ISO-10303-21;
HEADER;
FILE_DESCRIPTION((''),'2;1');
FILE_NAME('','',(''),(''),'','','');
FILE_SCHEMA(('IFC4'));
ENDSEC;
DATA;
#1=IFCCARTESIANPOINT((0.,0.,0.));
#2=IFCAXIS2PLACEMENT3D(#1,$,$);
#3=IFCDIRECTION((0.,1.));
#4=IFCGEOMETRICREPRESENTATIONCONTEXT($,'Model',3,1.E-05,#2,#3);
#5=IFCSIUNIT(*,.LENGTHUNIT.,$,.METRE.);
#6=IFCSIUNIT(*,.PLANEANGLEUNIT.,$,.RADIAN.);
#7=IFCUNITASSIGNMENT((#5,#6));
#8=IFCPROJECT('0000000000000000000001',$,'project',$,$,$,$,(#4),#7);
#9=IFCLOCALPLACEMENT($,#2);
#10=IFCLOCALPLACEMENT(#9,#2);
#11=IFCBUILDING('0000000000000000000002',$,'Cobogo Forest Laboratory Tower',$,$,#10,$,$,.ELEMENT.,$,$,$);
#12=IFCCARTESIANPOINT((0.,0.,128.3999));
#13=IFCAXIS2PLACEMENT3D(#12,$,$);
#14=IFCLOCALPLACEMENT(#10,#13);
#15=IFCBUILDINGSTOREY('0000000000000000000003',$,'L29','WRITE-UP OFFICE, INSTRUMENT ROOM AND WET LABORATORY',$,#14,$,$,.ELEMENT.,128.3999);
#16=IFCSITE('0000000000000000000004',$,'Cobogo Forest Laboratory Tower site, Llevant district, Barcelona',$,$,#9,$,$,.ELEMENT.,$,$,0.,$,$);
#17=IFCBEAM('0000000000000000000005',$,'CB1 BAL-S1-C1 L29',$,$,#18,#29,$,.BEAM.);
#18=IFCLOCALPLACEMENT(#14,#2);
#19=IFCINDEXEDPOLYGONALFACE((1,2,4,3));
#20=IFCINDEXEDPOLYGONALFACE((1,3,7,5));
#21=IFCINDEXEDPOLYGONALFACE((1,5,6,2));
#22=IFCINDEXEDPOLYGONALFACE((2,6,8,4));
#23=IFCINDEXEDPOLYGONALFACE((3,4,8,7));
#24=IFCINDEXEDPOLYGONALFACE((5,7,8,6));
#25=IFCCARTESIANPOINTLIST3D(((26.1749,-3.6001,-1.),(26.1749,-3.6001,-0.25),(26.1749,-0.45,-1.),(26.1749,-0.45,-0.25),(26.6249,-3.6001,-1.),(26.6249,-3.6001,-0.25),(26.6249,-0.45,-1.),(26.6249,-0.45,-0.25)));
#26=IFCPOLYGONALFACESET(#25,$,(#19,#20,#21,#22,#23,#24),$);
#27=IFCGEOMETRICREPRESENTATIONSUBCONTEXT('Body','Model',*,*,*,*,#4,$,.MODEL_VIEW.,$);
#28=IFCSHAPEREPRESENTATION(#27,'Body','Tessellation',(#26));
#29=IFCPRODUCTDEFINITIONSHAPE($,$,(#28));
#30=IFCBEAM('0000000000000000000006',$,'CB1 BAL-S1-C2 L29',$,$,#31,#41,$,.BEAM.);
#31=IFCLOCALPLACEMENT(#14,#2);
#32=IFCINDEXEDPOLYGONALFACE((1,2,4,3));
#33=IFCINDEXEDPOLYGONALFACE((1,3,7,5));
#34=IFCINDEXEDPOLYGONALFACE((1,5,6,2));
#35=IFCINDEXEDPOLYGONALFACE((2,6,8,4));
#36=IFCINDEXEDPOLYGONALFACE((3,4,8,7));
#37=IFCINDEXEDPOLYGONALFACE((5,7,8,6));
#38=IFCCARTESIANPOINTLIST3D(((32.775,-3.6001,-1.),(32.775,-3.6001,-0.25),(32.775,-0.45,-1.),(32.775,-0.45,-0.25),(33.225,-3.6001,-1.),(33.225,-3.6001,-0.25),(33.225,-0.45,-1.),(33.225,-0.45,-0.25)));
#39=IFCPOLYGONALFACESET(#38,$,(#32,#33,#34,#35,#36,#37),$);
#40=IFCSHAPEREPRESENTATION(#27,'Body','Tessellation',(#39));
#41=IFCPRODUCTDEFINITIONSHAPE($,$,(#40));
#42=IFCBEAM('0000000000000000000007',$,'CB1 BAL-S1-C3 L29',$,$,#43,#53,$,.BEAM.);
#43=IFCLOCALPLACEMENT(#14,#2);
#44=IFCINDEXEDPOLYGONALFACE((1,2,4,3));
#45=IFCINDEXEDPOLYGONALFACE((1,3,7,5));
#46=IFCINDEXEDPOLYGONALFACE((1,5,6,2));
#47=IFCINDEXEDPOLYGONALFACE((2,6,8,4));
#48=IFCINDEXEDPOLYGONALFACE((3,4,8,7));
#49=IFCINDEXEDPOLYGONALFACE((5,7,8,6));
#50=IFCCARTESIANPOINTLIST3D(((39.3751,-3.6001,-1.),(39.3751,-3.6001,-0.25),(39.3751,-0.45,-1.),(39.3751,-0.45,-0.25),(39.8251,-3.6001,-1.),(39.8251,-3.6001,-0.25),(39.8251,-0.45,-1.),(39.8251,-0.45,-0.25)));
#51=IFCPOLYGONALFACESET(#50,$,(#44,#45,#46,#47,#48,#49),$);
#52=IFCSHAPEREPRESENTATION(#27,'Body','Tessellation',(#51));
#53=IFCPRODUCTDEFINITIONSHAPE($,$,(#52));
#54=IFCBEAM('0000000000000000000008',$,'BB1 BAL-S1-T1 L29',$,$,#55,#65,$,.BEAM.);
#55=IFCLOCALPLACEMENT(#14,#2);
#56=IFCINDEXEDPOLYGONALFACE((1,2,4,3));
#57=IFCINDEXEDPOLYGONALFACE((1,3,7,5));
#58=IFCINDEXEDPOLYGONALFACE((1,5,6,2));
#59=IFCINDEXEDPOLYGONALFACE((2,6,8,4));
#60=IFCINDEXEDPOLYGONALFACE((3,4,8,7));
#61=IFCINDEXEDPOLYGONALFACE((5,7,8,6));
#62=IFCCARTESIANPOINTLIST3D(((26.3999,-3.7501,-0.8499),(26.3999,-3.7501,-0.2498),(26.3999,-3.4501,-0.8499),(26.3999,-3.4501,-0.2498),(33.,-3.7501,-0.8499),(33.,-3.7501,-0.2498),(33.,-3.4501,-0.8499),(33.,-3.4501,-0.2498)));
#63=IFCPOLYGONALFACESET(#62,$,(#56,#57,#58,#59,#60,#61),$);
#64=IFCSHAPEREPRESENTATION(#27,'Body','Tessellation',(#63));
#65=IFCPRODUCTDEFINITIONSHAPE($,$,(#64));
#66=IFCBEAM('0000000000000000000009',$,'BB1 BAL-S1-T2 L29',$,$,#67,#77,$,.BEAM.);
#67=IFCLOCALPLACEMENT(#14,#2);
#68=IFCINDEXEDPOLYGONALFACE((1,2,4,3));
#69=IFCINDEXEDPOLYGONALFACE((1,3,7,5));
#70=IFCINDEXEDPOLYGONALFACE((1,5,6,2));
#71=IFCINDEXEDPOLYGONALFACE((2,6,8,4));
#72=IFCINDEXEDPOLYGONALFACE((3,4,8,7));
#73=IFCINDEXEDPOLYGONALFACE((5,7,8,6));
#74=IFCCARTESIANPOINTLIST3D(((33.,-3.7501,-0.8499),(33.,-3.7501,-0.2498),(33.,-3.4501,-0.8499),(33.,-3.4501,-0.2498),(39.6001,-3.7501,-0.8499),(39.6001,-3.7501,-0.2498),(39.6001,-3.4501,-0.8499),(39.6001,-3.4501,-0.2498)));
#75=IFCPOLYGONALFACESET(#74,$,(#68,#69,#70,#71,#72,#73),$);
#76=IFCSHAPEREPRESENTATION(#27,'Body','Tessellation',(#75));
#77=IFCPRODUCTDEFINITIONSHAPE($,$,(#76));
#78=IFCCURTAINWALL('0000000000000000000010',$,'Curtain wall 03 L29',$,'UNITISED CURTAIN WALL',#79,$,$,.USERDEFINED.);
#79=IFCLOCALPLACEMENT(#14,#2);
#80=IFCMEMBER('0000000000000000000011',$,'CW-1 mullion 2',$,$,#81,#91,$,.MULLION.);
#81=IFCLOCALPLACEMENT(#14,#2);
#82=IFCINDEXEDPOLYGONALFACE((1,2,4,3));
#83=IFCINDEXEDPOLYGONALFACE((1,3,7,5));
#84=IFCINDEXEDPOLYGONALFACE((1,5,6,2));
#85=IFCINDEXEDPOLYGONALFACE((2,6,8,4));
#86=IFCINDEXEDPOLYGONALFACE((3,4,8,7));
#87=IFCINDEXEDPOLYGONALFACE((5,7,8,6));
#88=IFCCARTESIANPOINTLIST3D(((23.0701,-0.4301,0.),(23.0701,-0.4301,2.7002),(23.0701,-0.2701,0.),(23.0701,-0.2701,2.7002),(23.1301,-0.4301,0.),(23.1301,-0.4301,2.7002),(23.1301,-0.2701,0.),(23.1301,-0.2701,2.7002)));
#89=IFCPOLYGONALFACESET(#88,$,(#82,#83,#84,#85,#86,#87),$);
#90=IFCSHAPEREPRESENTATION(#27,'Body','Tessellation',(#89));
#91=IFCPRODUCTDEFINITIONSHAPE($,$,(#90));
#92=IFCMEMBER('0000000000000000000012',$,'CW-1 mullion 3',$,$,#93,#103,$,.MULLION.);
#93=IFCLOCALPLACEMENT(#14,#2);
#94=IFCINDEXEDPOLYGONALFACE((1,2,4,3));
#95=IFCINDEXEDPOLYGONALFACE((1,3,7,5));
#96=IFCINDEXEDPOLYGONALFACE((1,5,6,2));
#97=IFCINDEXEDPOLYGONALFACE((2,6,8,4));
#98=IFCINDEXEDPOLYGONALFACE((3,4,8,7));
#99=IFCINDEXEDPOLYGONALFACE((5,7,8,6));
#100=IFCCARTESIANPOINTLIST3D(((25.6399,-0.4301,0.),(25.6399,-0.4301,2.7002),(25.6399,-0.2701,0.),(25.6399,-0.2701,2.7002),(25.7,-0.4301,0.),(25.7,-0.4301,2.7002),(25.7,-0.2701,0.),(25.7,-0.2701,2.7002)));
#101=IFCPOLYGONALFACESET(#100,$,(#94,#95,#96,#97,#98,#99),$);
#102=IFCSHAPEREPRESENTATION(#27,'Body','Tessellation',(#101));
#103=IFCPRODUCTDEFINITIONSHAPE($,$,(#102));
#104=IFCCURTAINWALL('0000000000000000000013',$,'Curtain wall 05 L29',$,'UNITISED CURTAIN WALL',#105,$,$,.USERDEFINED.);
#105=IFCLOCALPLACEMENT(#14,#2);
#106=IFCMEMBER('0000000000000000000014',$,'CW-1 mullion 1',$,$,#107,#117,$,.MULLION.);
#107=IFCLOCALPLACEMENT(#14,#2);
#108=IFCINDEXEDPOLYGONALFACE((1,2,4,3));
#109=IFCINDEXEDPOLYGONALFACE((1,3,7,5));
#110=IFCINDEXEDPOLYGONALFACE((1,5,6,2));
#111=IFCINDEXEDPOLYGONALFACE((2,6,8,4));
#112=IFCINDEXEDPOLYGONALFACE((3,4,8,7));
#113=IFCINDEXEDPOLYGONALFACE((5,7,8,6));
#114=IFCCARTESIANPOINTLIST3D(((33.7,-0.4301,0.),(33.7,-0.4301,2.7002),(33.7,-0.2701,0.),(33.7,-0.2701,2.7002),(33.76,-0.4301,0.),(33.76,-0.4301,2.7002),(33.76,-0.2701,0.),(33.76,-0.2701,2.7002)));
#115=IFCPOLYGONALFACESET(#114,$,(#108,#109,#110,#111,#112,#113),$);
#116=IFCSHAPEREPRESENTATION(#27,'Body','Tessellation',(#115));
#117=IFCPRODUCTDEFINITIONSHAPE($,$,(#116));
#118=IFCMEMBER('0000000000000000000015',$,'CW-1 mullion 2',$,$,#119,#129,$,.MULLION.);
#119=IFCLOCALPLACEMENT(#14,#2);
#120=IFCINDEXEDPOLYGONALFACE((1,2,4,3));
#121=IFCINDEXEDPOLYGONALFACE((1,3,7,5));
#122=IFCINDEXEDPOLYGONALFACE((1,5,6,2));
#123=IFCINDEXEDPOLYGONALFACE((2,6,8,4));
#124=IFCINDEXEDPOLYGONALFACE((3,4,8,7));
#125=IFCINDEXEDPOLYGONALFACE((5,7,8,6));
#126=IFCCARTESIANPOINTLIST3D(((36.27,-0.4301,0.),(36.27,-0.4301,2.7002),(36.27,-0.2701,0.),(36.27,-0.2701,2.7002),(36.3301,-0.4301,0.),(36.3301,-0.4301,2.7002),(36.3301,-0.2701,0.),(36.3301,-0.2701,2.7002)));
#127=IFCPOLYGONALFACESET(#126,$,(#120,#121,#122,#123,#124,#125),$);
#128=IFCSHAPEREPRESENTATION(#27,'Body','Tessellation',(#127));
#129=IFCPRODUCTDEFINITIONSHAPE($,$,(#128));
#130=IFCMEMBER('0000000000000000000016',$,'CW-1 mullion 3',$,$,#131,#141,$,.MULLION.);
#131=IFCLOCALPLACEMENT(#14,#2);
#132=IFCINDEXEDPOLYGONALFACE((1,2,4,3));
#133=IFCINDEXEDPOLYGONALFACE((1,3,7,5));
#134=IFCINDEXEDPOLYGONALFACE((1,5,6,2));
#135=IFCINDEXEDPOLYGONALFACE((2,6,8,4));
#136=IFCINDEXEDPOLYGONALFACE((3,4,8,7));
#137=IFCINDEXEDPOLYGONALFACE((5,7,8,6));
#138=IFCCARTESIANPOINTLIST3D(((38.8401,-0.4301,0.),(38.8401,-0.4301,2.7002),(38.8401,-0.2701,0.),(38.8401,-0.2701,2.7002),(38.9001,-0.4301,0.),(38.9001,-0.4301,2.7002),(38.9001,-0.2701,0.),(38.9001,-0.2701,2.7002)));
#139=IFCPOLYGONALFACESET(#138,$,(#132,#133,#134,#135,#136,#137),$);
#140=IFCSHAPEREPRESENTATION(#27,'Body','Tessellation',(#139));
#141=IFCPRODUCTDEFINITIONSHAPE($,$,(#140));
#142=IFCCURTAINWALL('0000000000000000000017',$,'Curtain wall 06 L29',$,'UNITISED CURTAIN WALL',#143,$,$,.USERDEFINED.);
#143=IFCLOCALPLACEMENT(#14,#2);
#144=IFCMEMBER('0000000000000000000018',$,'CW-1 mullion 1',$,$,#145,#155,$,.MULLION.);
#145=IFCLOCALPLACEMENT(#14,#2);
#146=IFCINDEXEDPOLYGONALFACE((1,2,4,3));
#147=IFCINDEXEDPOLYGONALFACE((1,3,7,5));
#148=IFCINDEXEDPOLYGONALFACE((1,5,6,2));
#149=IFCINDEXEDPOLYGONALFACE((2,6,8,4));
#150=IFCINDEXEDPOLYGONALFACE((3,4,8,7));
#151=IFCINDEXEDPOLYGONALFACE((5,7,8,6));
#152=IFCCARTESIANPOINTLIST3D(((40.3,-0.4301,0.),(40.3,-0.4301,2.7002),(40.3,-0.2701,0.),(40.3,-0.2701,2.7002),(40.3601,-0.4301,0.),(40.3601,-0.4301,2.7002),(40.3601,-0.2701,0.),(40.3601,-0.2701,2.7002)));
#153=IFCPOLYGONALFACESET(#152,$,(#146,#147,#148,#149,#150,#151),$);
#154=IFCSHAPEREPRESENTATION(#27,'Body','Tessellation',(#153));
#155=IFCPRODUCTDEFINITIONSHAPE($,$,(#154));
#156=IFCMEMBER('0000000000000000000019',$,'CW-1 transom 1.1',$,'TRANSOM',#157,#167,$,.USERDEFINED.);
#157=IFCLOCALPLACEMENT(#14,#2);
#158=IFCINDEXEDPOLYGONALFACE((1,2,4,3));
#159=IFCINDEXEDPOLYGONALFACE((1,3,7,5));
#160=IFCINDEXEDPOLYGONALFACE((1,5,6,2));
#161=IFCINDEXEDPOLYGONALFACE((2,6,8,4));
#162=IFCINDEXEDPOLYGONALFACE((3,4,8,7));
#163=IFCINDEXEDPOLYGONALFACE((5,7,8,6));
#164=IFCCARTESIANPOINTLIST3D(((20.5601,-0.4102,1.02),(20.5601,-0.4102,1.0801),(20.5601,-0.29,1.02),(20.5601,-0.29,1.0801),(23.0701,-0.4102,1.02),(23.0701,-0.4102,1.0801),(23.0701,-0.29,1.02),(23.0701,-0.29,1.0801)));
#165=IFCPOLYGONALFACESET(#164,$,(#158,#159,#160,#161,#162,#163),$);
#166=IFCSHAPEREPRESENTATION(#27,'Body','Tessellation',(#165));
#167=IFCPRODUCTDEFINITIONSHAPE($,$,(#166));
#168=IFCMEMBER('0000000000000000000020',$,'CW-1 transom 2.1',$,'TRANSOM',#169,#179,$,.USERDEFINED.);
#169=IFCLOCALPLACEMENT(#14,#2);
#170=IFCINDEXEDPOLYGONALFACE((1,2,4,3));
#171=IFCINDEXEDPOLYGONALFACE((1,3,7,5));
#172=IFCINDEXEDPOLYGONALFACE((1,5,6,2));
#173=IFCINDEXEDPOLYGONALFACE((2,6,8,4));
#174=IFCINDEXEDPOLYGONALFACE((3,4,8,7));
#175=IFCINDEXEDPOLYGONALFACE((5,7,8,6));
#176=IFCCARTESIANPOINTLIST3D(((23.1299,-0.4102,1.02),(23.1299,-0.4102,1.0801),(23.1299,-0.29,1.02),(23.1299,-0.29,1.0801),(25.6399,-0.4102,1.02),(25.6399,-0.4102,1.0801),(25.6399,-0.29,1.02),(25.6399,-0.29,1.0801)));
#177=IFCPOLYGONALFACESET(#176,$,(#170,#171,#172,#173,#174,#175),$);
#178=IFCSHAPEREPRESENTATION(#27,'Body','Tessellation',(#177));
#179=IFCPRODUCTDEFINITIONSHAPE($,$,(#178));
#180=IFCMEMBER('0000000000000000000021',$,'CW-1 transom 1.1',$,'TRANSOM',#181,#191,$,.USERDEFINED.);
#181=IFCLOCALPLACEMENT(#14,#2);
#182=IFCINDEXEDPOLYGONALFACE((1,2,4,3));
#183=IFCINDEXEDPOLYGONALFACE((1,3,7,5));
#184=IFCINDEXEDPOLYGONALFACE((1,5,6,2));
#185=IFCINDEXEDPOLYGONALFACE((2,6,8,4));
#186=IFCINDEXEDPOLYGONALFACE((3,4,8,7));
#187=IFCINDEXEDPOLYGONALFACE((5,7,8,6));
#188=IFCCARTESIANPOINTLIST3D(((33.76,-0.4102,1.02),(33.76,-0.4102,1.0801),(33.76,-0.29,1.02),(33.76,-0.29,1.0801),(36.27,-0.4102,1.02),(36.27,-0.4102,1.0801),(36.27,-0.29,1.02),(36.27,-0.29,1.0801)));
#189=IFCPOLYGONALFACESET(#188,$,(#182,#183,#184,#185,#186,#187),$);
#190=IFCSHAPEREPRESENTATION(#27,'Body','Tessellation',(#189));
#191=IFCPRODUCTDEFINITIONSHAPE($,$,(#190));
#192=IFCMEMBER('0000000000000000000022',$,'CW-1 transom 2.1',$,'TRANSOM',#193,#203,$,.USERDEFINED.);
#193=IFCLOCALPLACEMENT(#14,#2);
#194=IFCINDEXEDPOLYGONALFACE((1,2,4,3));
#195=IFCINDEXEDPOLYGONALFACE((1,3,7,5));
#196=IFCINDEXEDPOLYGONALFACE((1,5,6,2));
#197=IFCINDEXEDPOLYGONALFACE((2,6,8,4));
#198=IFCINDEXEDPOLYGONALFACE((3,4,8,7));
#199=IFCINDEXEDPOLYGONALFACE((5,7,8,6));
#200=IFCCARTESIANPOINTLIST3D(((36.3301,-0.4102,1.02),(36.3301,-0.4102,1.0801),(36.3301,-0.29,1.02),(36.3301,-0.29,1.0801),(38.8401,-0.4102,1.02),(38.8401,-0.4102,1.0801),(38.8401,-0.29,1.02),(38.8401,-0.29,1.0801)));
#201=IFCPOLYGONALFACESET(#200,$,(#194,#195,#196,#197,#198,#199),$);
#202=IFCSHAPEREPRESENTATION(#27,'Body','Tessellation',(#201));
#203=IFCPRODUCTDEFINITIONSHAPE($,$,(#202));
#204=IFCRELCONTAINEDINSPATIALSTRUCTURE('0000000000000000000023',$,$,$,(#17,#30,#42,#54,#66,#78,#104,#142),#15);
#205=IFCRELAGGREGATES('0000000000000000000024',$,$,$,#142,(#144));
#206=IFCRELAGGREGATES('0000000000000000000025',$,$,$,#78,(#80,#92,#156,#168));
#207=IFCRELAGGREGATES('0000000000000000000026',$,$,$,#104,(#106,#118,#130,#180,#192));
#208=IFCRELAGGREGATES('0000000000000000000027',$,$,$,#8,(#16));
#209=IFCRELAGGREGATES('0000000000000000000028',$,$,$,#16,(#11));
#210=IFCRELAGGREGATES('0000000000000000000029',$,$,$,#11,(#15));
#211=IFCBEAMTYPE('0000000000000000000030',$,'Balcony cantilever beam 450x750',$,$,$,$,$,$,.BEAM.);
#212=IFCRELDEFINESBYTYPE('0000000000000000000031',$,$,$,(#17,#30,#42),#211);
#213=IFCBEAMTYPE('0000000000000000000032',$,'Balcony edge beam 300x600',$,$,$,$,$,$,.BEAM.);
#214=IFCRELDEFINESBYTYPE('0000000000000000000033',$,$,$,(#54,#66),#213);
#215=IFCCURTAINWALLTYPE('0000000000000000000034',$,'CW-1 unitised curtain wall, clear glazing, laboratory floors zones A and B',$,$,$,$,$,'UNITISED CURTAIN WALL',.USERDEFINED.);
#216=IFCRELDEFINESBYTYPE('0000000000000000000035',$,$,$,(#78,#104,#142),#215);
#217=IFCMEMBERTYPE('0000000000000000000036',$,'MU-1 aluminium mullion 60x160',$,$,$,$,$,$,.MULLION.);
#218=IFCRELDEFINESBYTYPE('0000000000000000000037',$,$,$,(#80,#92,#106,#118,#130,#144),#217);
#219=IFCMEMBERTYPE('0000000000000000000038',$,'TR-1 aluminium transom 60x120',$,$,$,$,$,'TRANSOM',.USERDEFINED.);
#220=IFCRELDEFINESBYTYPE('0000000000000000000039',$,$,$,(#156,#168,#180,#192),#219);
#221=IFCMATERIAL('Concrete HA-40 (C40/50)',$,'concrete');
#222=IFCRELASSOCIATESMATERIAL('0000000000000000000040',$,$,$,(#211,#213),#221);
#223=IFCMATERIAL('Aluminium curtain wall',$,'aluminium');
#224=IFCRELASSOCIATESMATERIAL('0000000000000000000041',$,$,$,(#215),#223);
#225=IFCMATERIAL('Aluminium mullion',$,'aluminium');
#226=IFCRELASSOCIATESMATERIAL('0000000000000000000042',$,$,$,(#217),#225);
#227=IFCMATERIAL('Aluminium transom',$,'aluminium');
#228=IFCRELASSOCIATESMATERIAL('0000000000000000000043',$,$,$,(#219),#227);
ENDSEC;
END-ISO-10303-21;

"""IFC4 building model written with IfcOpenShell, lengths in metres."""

from ifc_helpers import new_model, si_unit, direction, frame, origin, origin_2d, place, context, subcontext, project, spatial, rectangle, extrude, material, material_profile, profile_set, type_object, element, aggregate, save


model = new_model("IFC4")

# Units and contexts
model_context = context("Model", 3, precision=1e-05, world=origin(), true_north=direction((0.0, 1.0)))
body_context = subcontext(model_context, "Body", "Model", "MODEL_VIEW")
ifc_project = project(units=[si_unit("LENGTHUNIT", "METRE"), si_unit("PLANEANGLEUNIT", "RADIAN")], contexts=[model_context])

# Site, building, storey
site_placement = place(None, origin())
site = spatial("IfcSite", under=ifc_project, at=site_placement, Name="Cobogo Forest Laboratory Tower site, Llevant district, Barcelona", CompositionType="ELEMENT", RefElevation=0.0)
building_placement = place(site_placement, origin())
building = spatial("IfcBuilding", under=site, at=building_placement, Name="Cobogo Forest Laboratory Tower", CompositionType="ELEMENT")
storey_placement = place(building_placement, frame((0.0, 0.0, 128.3999)))
storey = spatial("IfcBuildingStorey", under=building, at=storey_placement, Name="L29", Description="WRITE-UP OFFICE, INSTRUMENT ROOM AND WET LABORATORY", CompositionType="ELEMENT", Elevation=128.3999)

# Beams
ifc_material_1 = material(Name="Concrete HA-40 (C40/50)", Category="concrete")
ifc_material_profile_1 = material_profile(ifc_material_1, rectangle(XDim=0.45, YDim=0.75, at=origin_2d()), Name="RC 450x750")
ifc_profile_set_1 = profile_set([ifc_material_profile_1], Name="Concrete HA-40 (C40/50)")
beam_type_1 = type_object("IfcBeamType", Name="Balcony cantilever beam 450x750", PredefinedType="BEAM", material=ifc_profile_set_1)
for number, where, z_axis, x_axis, name in (
    (1, (26.3999, -0.45, -0.625), (0.0, -1.0, 0.0), (1.0, 0.0, 0.0), "CB1 BAL-S1-C1 L29"),
    (2, (33.0, -0.45, -0.625), (0.0, -1.0, 0.0), (1.0, 0.0, 0.0), "CB1 BAL-S1-C2 L29"),
    (3, (39.6001, -0.45, -0.625), (0.0, -1.0, 0.0), (1.0, 0.0, 0.0), "CB1 BAL-S1-C3 L29"),
):
    element("IfcBeam", number, at=place(storey_placement, frame(where, z_axis=z_axis, x_axis=x_axis)), inside=storey, type_object=beam_type_1, Name=name, PredefinedType="BEAM", context=body_context, shape_type="SweptSolid", body=[
        extrude(rectangle(XDim=0.45, YDim=0.75, at=origin_2d()), origin(), (0.0, 0.0, 1.0), 3.1501),
    ])
ifc_material_profile_2 = material_profile(ifc_material_1, rectangle(XDim=0.3, YDim=0.6001, at=origin_2d()), Name="RC 300x600")
ifc_profile_set_2 = profile_set([ifc_material_profile_2], Name="Concrete HA-40 (C40/50)")
beam_type_2 = type_object("IfcBeamType", Name="Balcony edge beam 300x600", PredefinedType="BEAM", material=ifc_profile_set_2)
for number, where, z_axis, x_axis, name in (
    (4, (26.3999, -3.6001, -0.5498), (1.0, 0.0, 0.0), (0.0, 1.0, 0.0), "BB1 BAL-S1-T1 L29"),
    (5, (33.0, -3.6001, -0.5498), (1.0, 0.0, 0.0), (0.0, 1.0, 0.0), "BB1 BAL-S1-T2 L29"),
):
    element("IfcBeam", number, at=place(storey_placement, frame(where, z_axis=z_axis, x_axis=x_axis)), inside=storey, type_object=beam_type_2, Name=name, PredefinedType="BEAM", context=body_context, shape_type="SweptSolid", body=[
        extrude(rectangle(XDim=0.3, YDim=0.6001, at=origin_2d()), origin(), (0.0, 0.0, 1.0), 6.6001),
    ])

# Curtain walls, members
ifc_material_2 = material(Name="Aluminium curtain wall", Category="aluminium")
curtain_wall_type = type_object("IfcCurtainWallType", Name="CW-1 unitised curtain wall, clear glazing, laboratory floors zones A and B", ElementType="UNITISED CURTAIN WALL", PredefinedType="USERDEFINED", material=ifc_material_2)
curtain_wall_1_placement = place(storey_placement, origin())
curtain_wall_1 = element("IfcCurtainWall", 6, at=curtain_wall_1_placement, inside=storey, type_object=curtain_wall_type, Name="Curtain wall 03 L29", ObjectType="UNITISED CURTAIN WALL", PredefinedType="USERDEFINED")
ifc_material_3 = material(Name="Aluminium mullion", Category="aluminium")
ifc_material_profile_3 = material_profile(ifc_material_3, rectangle(XDim=0.0601, YDim=0.1599, at=origin_2d()), Name="AL 60x160")
ifc_profile_set_3 = profile_set([ifc_material_profile_3], Name="Aluminium mullion")
member_type_1 = type_object("IfcMemberType", Name="MU-1 aluminium mullion 60x160", PredefinedType="MULLION", material=ifc_profile_set_3)
member_1_placement = place(storey_placement, frame((23.1001, -0.3501, 0.0), z_axis=(0.0, 0.0, 1.0), x_axis=(1.0, 0.0, 0.0)))
member_1 = element("IfcMember", 7, at=member_1_placement, type_object=member_type_1, Name="CW-1 mullion 2", PredefinedType="MULLION", context=body_context, shape_type="SweptSolid", body=[
    extrude(rectangle(XDim=0.0601, YDim=0.1599, at=origin_2d()), origin(), (0.0, 0.0, 1.0), 2.7002),
])
member_2_placement = place(storey_placement, frame((25.6699, -0.3501, 0.0), z_axis=(0.0, 0.0, 1.0), x_axis=(1.0, 0.0, 0.0)))
member_2 = element("IfcMember", 8, at=member_2_placement, type_object=member_type_1, Name="CW-1 mullion 3", PredefinedType="MULLION", context=body_context, shape_type="SweptSolid", body=[
    extrude(rectangle(XDim=0.0601, YDim=0.1599, at=origin_2d()), origin(), (0.0, 0.0, 1.0), 2.7002),
])
curtain_wall_2_placement = place(storey_placement, origin())
curtain_wall_2 = element("IfcCurtainWall", 9, at=curtain_wall_2_placement, inside=storey, type_object=curtain_wall_type, Name="Curtain wall 05 L29", ObjectType="UNITISED CURTAIN WALL", PredefinedType="USERDEFINED")
member_3_placement = place(storey_placement, frame((33.73, -0.3501, 0.0), z_axis=(0.0, 0.0, 1.0), x_axis=(1.0, 0.0, 0.0)))
member_3 = element("IfcMember", 10, at=member_3_placement, type_object=member_type_1, Name="CW-1 mullion 1", PredefinedType="MULLION", context=body_context, shape_type="SweptSolid", body=[
    extrude(rectangle(XDim=0.0601, YDim=0.1599, at=origin_2d()), origin(), (0.0, 0.0, 1.0), 2.7002),
])
member_4_placement = place(storey_placement, frame((36.3, -0.3501, 0.0), z_axis=(0.0, 0.0, 1.0), x_axis=(1.0, 0.0, 0.0)))
member_4 = element("IfcMember", 11, at=member_4_placement, type_object=member_type_1, Name="CW-1 mullion 2", PredefinedType="MULLION", context=body_context, shape_type="SweptSolid", body=[
    extrude(rectangle(XDim=0.0601, YDim=0.1599, at=origin_2d()), origin(), (0.0, 0.0, 1.0), 2.7002),
])
member_5_placement = place(storey_placement, frame((38.8701, -0.3501, 0.0), z_axis=(0.0, 0.0, 1.0), x_axis=(1.0, 0.0, 0.0)))
member_5 = element("IfcMember", 12, at=member_5_placement, type_object=member_type_1, Name="CW-1 mullion 3", PredefinedType="MULLION", context=body_context, shape_type="SweptSolid", body=[
    extrude(rectangle(XDim=0.0601, YDim=0.1599, at=origin_2d()), origin(), (0.0, 0.0, 1.0), 2.7002),
])

# Curtain wall, member
curtain_wall_3_placement = place(storey_placement, origin())
curtain_wall_3 = element("IfcCurtainWall", 13, at=curtain_wall_3_placement, inside=storey, type_object=curtain_wall_type, Name="Curtain wall 06 L29", ObjectType="UNITISED CURTAIN WALL", PredefinedType="USERDEFINED")
member_6_placement = place(storey_placement, frame((40.3301, -0.3501, 0.0), z_axis=(0.0, 0.0, 1.0), x_axis=(1.0, 0.0, 0.0)))
member_6 = element("IfcMember", 14, at=member_6_placement, type_object=member_type_1, Name="CW-1 mullion 1", PredefinedType="MULLION", context=body_context, shape_type="SweptSolid", body=[
    extrude(rectangle(XDim=0.0601, YDim=0.1599, at=origin_2d()), origin(), (0.0, 0.0, 1.0), 2.7002),
])

# Members
ifc_material_4 = material(Name="Aluminium transom", Category="aluminium")
ifc_material_profile_4 = material_profile(ifc_material_4, rectangle(XDim=0.1201, YDim=0.0601, at=origin_2d()), Name="AL 60x120")
ifc_profile_set_4 = profile_set([ifc_material_profile_4], Name="Aluminium transom")
member_type_2 = type_object("IfcMemberType", Name="TR-1 aluminium transom 60x120", ElementType="TRANSOM", PredefinedType="USERDEFINED", material=ifc_profile_set_4)
member_7_placement = place(storey_placement, frame((20.5601, -0.3501, 1.05), z_axis=(1.0, 0.0, 0.0), x_axis=(0.0, 1.0, 0.0)))
member_7 = element("IfcMember", 15, at=member_7_placement, type_object=member_type_2, Name="CW-1 transom 1.1", ObjectType="TRANSOM", PredefinedType="USERDEFINED", context=body_context, shape_type="SweptSolid", body=[
    extrude(rectangle(XDim=0.1201, YDim=0.0601, at=origin_2d()), origin(), (0.0, 0.0, 1.0), 2.51),
])
member_8_placement = place(storey_placement, frame((23.1299, -0.3501, 1.05), z_axis=(1.0, 0.0, 0.0), x_axis=(0.0, 1.0, 0.0)))
member_8 = element("IfcMember", 16, at=member_8_placement, type_object=member_type_2, Name="CW-1 transom 2.1", ObjectType="TRANSOM", PredefinedType="USERDEFINED", context=body_context, shape_type="SweptSolid", body=[
    extrude(rectangle(XDim=0.1201, YDim=0.0601, at=origin_2d()), origin(), (0.0, 0.0, 1.0), 2.51),
])
member_9_placement = place(storey_placement, frame((33.76, -0.3501, 1.05), z_axis=(1.0, 0.0, 0.0), x_axis=(0.0, 1.0, 0.0)))
member_9 = element("IfcMember", 17, at=member_9_placement, type_object=member_type_2, Name="CW-1 transom 1.1", ObjectType="TRANSOM", PredefinedType="USERDEFINED", context=body_context, shape_type="SweptSolid", body=[
    extrude(rectangle(XDim=0.1201, YDim=0.0601, at=origin_2d()), origin(), (0.0, 0.0, 1.0), 2.51),
])
member_10_placement = place(storey_placement, frame((36.3301, -0.3501, 1.05), z_axis=(1.0, 0.0, 0.0), x_axis=(0.0, 1.0, 0.0)))
member_10 = element("IfcMember", 18, at=member_10_placement, type_object=member_type_2, Name="CW-1 transom 2.1", ObjectType="TRANSOM", PredefinedType="USERDEFINED", context=body_context, shape_type="SweptSolid", body=[
    extrude(rectangle(XDim=0.1201, YDim=0.0601, at=origin_2d()), origin(), (0.0, 0.0, 1.0), 2.51),
])
aggregate(curtain_wall_3, [member_6])

aggregate(curtain_wall_1, [member_1, member_2, member_7, member_8])
aggregate(curtain_wall_2, [member_3, member_4, member_5, member_9, member_10])

save(model, "model.ifc")
